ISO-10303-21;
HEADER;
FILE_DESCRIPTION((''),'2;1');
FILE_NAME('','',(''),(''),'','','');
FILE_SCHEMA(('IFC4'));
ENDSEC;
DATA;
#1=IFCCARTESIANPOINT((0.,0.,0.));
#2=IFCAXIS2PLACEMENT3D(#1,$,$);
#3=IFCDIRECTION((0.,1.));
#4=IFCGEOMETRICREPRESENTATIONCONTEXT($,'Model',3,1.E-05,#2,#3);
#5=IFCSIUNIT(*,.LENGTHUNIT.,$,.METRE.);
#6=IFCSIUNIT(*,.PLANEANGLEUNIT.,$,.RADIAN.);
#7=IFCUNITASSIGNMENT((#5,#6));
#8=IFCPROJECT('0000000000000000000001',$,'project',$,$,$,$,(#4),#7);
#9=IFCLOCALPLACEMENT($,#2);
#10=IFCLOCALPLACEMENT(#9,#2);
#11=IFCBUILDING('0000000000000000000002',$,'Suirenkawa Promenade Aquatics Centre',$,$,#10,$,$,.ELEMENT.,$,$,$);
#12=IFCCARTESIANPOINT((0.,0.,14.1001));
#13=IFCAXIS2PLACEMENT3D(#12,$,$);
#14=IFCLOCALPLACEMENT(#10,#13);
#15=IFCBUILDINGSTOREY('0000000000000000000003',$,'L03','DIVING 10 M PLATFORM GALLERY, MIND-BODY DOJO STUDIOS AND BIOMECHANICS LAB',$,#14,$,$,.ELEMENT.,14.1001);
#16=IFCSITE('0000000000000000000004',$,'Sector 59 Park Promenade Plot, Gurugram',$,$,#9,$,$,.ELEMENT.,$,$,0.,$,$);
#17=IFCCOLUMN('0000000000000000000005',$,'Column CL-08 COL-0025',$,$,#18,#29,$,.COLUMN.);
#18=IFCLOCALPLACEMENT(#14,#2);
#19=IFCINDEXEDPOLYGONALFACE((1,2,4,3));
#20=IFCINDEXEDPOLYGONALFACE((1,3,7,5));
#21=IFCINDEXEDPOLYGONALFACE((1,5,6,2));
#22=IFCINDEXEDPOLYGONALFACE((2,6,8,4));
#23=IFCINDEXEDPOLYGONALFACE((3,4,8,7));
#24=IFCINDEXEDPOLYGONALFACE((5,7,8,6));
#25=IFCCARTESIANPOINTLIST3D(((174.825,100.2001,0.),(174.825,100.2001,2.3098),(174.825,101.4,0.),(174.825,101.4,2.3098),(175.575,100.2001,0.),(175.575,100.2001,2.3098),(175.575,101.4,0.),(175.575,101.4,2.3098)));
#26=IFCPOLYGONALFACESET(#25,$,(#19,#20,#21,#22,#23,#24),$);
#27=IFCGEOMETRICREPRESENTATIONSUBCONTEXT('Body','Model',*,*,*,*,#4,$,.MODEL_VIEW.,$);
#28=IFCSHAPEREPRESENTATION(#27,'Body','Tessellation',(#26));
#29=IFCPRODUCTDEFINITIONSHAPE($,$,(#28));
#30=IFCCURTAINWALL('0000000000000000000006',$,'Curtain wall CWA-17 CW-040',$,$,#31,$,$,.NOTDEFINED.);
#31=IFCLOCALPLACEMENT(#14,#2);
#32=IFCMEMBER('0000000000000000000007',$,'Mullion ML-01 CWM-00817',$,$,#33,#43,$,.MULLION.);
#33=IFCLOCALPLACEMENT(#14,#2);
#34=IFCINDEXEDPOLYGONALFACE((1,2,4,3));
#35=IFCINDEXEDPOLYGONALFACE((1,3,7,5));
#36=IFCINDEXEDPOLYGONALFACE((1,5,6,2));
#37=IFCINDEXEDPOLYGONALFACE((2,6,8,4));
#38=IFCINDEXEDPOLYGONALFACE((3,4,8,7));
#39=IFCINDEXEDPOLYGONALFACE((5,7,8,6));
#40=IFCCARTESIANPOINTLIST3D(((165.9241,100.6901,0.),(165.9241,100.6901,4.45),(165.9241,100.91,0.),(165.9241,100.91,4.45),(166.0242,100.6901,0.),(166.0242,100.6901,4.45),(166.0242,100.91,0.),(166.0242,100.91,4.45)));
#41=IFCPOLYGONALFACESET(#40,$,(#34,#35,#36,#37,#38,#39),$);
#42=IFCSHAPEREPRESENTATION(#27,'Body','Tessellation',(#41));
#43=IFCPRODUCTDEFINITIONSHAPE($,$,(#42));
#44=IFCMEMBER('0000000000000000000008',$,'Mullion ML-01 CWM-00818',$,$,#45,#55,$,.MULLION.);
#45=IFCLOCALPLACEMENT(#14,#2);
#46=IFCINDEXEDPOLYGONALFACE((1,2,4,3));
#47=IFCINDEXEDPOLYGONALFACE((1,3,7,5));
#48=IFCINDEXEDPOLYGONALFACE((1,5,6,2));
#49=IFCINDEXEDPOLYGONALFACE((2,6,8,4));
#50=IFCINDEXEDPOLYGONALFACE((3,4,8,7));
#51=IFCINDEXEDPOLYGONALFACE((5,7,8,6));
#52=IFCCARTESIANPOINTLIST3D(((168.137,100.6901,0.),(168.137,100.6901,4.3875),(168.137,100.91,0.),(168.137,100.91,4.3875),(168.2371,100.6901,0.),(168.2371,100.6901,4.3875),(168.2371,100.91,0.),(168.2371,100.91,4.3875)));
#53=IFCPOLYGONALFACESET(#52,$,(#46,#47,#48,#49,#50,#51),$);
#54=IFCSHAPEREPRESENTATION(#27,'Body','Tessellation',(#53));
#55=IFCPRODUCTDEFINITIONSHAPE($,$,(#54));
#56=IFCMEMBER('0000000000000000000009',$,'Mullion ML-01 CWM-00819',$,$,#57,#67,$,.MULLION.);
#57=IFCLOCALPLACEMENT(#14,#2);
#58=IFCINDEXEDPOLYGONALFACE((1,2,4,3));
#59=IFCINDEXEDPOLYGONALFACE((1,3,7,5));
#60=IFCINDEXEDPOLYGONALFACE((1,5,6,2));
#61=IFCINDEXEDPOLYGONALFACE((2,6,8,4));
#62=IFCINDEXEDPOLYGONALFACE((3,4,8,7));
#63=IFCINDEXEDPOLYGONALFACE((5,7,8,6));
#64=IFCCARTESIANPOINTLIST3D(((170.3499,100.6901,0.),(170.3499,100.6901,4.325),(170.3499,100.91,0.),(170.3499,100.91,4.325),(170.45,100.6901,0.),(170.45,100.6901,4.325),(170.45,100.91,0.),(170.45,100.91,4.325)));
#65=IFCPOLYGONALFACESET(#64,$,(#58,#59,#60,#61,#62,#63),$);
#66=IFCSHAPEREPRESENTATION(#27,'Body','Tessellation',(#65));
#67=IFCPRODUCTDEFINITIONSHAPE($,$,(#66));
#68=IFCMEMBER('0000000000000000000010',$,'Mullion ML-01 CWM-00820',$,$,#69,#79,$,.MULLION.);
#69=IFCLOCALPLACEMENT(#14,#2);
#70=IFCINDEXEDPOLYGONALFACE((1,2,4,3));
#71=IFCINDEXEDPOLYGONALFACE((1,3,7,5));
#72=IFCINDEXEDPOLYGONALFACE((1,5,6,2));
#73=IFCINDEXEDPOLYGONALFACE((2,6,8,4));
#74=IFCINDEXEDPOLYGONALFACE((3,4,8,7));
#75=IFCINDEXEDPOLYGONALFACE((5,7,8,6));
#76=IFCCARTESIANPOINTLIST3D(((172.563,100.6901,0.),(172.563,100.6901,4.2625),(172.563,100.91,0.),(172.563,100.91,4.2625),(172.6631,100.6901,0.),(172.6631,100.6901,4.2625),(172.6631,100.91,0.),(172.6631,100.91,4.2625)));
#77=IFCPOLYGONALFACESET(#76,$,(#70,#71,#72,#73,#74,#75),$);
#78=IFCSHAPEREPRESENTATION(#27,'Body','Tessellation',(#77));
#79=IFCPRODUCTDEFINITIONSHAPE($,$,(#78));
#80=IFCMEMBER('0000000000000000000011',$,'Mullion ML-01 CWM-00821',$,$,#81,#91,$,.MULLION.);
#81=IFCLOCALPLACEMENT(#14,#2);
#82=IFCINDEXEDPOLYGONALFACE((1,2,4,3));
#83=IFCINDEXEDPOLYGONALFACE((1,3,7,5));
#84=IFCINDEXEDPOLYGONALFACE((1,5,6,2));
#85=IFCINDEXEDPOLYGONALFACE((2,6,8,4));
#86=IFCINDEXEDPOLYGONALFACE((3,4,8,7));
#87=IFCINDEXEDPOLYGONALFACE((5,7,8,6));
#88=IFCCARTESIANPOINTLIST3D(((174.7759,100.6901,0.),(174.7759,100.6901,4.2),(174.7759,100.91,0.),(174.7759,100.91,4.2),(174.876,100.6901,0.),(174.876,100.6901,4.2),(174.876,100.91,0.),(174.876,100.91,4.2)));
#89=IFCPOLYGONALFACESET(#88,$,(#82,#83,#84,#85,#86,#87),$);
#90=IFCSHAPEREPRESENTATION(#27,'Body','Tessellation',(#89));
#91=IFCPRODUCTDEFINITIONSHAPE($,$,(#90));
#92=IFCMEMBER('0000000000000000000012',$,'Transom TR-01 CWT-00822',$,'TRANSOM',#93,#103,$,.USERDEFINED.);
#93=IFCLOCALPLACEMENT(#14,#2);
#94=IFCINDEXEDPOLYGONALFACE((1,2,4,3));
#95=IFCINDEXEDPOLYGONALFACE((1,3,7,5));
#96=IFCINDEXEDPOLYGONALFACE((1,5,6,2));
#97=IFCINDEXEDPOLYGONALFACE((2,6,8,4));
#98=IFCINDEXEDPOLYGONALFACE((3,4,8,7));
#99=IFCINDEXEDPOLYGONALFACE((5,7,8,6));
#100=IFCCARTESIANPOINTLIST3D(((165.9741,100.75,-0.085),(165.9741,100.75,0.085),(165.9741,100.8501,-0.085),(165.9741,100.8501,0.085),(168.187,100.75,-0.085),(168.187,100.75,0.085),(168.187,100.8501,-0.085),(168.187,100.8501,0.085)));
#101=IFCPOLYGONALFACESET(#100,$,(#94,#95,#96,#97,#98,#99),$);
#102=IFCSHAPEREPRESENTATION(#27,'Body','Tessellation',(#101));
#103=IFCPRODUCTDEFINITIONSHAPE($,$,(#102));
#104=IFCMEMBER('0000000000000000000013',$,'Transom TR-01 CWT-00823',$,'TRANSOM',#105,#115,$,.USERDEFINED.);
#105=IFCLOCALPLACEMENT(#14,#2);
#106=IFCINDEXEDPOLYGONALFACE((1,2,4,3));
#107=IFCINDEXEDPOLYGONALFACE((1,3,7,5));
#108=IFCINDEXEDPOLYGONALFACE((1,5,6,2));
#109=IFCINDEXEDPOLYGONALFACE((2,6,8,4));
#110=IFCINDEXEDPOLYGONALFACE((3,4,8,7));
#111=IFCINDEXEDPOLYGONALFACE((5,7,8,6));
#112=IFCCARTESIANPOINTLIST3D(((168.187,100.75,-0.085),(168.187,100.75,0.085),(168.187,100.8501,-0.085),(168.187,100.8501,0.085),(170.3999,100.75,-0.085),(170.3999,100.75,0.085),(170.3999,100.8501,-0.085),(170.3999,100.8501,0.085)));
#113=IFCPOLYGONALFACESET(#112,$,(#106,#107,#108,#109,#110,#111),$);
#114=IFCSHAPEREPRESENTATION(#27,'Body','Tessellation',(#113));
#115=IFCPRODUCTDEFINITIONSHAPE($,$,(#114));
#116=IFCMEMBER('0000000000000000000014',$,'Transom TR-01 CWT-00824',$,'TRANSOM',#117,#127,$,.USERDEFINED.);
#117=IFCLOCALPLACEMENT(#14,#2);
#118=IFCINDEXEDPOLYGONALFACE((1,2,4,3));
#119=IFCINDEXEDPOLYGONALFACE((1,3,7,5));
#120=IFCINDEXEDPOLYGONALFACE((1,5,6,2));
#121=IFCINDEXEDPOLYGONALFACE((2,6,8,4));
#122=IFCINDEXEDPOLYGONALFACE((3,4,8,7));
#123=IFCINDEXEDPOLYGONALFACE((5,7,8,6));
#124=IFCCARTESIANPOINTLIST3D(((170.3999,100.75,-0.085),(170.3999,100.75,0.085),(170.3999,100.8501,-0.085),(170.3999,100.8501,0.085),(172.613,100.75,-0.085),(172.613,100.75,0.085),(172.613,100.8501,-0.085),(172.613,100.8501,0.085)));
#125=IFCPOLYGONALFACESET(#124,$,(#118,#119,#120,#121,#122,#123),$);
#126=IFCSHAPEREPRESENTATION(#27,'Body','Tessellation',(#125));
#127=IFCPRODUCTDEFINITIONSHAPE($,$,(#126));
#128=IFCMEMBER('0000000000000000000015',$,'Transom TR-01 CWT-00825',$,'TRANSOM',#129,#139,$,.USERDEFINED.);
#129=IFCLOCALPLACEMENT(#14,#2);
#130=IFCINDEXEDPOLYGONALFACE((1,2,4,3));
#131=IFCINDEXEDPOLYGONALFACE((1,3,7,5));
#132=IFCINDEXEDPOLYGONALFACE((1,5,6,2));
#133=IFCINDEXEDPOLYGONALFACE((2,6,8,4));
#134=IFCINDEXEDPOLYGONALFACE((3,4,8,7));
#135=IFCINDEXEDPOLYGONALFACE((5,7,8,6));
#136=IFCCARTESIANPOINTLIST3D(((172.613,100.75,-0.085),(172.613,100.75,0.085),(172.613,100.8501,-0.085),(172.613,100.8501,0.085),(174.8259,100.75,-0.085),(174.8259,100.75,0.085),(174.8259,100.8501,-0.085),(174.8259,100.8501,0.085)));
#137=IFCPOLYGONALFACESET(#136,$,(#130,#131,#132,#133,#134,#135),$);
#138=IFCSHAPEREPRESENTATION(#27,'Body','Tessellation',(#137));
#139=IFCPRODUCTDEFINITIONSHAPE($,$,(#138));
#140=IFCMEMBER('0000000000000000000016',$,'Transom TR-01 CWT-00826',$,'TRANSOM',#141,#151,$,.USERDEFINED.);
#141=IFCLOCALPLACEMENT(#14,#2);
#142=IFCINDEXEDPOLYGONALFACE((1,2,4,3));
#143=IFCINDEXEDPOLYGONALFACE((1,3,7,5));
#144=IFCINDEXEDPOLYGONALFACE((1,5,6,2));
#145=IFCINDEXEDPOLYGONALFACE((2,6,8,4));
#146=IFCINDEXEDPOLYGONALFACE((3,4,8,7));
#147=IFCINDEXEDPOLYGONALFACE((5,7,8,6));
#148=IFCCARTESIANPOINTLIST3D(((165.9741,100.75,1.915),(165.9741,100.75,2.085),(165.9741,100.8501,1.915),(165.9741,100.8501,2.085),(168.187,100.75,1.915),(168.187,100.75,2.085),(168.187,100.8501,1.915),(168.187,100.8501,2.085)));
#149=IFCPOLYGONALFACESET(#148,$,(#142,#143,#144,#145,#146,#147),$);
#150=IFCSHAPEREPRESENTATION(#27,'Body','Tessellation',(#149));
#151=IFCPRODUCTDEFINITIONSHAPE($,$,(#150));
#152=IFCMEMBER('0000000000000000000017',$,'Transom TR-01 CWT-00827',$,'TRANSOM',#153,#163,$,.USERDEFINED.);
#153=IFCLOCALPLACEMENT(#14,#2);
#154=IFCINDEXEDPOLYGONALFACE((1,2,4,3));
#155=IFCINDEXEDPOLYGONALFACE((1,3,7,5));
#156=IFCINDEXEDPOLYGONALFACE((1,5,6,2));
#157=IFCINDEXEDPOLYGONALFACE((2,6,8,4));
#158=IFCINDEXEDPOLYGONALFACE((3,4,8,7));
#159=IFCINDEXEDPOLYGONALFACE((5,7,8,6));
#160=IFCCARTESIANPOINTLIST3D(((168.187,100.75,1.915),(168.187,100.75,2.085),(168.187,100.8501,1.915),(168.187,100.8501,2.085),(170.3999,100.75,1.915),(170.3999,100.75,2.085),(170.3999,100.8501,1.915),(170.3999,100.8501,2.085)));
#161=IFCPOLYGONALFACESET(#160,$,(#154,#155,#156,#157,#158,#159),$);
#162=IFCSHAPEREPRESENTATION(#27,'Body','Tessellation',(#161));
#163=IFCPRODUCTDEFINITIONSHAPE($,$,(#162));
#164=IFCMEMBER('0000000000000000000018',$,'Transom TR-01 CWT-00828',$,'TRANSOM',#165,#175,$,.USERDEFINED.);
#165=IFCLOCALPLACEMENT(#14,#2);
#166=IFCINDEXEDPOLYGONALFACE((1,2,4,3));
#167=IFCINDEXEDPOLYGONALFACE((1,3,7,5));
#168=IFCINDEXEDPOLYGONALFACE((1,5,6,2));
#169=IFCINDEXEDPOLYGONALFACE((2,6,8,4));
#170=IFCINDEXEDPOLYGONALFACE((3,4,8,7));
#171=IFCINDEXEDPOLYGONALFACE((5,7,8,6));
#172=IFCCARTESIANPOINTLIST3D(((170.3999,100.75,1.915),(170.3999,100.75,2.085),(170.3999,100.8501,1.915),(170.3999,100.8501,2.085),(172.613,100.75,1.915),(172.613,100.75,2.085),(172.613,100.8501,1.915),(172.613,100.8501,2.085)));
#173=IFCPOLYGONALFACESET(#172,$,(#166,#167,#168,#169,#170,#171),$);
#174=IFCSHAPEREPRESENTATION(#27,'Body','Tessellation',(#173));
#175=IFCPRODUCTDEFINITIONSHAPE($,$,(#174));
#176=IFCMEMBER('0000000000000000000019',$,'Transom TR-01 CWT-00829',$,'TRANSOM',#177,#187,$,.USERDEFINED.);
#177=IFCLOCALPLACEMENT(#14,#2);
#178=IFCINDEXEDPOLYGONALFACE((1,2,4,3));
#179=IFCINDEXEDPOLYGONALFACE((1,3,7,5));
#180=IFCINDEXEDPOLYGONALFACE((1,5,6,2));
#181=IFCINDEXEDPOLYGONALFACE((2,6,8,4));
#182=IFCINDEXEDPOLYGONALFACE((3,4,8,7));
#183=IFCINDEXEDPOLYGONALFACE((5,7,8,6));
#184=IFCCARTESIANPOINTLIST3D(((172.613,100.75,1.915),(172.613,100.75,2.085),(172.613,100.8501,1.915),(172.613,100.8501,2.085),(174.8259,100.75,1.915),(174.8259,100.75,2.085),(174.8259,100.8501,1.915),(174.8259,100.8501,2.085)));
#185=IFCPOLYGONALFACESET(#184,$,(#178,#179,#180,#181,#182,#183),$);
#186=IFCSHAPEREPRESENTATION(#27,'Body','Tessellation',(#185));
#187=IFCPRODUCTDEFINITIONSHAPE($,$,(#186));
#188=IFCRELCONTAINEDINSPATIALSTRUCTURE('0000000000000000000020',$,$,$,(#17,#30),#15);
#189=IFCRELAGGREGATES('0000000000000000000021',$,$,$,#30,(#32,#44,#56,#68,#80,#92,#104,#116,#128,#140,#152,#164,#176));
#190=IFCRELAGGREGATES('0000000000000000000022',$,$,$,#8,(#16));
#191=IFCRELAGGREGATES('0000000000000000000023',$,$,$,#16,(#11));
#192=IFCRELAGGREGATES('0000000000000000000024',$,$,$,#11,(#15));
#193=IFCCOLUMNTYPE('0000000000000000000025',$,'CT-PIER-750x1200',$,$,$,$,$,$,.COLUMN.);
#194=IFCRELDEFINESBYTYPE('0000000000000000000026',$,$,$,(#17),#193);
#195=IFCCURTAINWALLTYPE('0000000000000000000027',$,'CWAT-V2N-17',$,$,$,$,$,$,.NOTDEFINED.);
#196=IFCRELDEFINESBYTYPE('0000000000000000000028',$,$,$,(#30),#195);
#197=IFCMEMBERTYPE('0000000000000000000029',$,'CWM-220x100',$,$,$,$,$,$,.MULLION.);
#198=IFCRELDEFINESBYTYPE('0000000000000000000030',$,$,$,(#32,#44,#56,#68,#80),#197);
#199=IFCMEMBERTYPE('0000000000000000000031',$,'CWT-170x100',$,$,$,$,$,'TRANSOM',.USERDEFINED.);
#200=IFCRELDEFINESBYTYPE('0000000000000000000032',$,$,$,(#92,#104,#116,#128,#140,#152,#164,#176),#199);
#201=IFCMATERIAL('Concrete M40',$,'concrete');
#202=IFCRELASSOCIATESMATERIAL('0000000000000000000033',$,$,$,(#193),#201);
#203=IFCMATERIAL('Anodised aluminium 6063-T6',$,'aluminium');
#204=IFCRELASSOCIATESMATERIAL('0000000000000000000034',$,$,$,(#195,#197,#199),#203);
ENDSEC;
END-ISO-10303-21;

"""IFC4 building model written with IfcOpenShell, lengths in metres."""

from ifc_helpers import new_model, si_unit, direction, frame, origin, origin_2d, place, context, subcontext, project, spatial, rectangle, extrude, material, material_profile, profile_set, type_object, element, aggregate, save


model = new_model("IFC4")

# Units and contexts
model_context = context("Model", 3, precision=1e-05, world=origin(), true_north=direction((0.0, 1.0)))
body_context = subcontext(model_context, "Body", "Model", "MODEL_VIEW")
ifc_project = project(units=[si_unit("LENGTHUNIT", "METRE"), si_unit("PLANEANGLEUNIT", "RADIAN")], contexts=[model_context])

# Site, building, storey
site_placement = place(None, origin())
site = spatial("IfcSite", under=ifc_project, at=site_placement, Name="Sector 59 Park Promenade Plot, Gurugram", CompositionType="ELEMENT", RefElevation=0.0)
building_placement = place(site_placement, origin())
building = spatial("IfcBuilding", under=site, at=building_placement, Name="Suirenkawa Promenade Aquatics Centre", CompositionType="ELEMENT")
storey_placement = place(building_placement, frame((0.0, 0.0, 14.1001)))
storey = spatial("IfcBuildingStorey", under=building, at=storey_placement, Name="L03", Description="DIVING 10 M PLATFORM GALLERY, MIND-BODY DOJO STUDIOS AND BIOMECHANICS LAB", CompositionType="ELEMENT", Elevation=14.1001)

# Column
ifc_material_1 = material(Name="Concrete M40", Category="concrete")
ifc_material_profile_1 = material_profile(ifc_material_1, rectangle(XDim=0.75, YDim=1.2, at=origin_2d()), Name="RC PIER 750x1200", Category="concrete")
ifc_profile_set_1 = profile_set([ifc_material_profile_1], Name="Concrete M40")
column_type = type_object("IfcColumnType", Name="CT-PIER-750x1200", PredefinedType="COLUMN", material=ifc_profile_set_1)
column_placement = place(storey_placement, frame((175.2, 100.8, 0.0), z_axis=(0.0, 0.0, 1.0), x_axis=(1.0, 0.0, 0.0)))
element("IfcColumn", 1, at=column_placement, inside=storey, type_object=column_type, Name="Column CL-08 COL-0025", PredefinedType="COLUMN", context=body_context, shape_type="SweptSolid", body=[
    extrude(rectangle(XDim=0.75, YDim=1.2, at=origin_2d()), origin(), (0.0, 0.0, 1.0), 2.3098),
])

# Curtain wall, members
ifc_material_2 = material(Name="Anodised aluminium 6063-T6", Category="aluminium")
curtain_wall_type = type_object("IfcCurtainWallType", Name="CWAT-V2N-17", PredefinedType="NOTDEFINED", material=ifc_material_2)
curtain_wall_placement = place(storey_placement, origin())
curtain_wall = element("IfcCurtainWall", 2, at=curtain_wall_placement, inside=storey, type_object=curtain_wall_type, Name="Curtain wall CWA-17 CW-040", PredefinedType="NOTDEFINED")
ifc_material_profile_2 = material_profile(ifc_material_2, rectangle(XDim=0.1001, YDim=0.22, at=origin_2d()), Name="ALU MULL 100x220", Category="aluminium")
ifc_profile_set_2 = profile_set([ifc_material_profile_2], Name="Anodised aluminium 6063-T6")
member_type_1 = type_object("IfcMemberType", Name="CWM-220x100", PredefinedType="MULLION", material=ifc_profile_set_2)
member_1_placement = place(storey_placement, frame((165.9741, 100.8, 0.0), z_axis=(0.0, 0.0, 1.0), x_axis=(1.0, 0.0, 0.0)))
member_1 = element("IfcMember", 3, at=member_1_placement, type_object=member_type_1, Name="Mullion ML-01 CWM-00817", PredefinedType="MULLION", context=body_context, shape_type="SweptSolid", body=[
    extrude(rectangle(XDim=0.1001, YDim=0.22, at=origin_2d()), origin(), (0.0, 0.0, 1.0), 4.45),
])
member_2_placement = place(storey_placement, frame((168.187, 100.8, 0.0), z_axis=(0.0, 0.0, 1.0), x_axis=(1.0, 0.0, 0.0)))
member_2 = element("IfcMember", 4, at=member_2_placement, type_object=member_type_1, Name="Mullion ML-01 CWM-00818", PredefinedType="MULLION", context=body_context, shape_type="SweptSolid", body=[
    extrude(rectangle(XDim=0.1001, YDim=0.22, at=origin_2d()), origin(), (0.0, 0.0, 1.0), 4.3875),
])
member_3_placement = place(storey_placement, frame((170.3999, 100.8, 0.0), z_axis=(0.0, 0.0, 1.0), x_axis=(1.0, 0.0, 0.0)))
member_3 = element("IfcMember", 5, at=member_3_placement, type_object=member_type_1, Name="Mullion ML-01 CWM-00819", PredefinedType="MULLION", context=body_context, shape_type="SweptSolid", body=[
    extrude(rectangle(XDim=0.1001, YDim=0.22, at=origin_2d()), origin(), (0.0, 0.0, 1.0), 4.325),
])
member_4_placement = place(storey_placement, frame((172.613, 100.8, 0.0), z_axis=(0.0, 0.0, 1.0), x_axis=(1.0, 0.0, 0.0)))
member_4 = element("IfcMember", 6, at=member_4_placement, type_object=member_type_1, Name="Mullion ML-01 CWM-00820", PredefinedType="MULLION", context=body_context, shape_type="SweptSolid", body=[
    extrude(rectangle(XDim=0.1001, YDim=0.22, at=origin_2d()), origin(), (0.0, 0.0, 1.0), 4.2625),
])
member_5_placement = place(storey_placement, frame((174.8259, 100.8, 0.0), z_axis=(0.0, 0.0, 1.0), x_axis=(1.0, 0.0, 0.0)))
member_5 = element("IfcMember", 7, at=member_5_placement, type_object=member_type_1, Name="Mullion ML-01 CWM-00821", PredefinedType="MULLION", context=body_context, shape_type="SweptSolid", body=[
    extrude(rectangle(XDim=0.1001, YDim=0.22, at=origin_2d()), origin(), (0.0, 0.0, 1.0), 4.2),
])
ifc_material_profile_3 = material_profile(ifc_material_2, rectangle(XDim=0.1001, YDim=0.1699, at=origin_2d()), Name="ALU TRAN 100x170", Category="aluminium")
ifc_profile_set_3 = profile_set([ifc_material_profile_3], Name="Anodised aluminium 6063-T6")
member_type_2 = type_object("IfcMemberType", Name="CWT-170x100", ElementType="TRANSOM", PredefinedType="USERDEFINED", material=ifc_profile_set_3)
member_6_placement = place(storey_placement, frame((165.9741, 100.8, 0.0), z_axis=(1.0, 0.0, 0.0), x_axis=(0.0, 1.0, 0.0)))
member_6 = element("IfcMember", 8, at=member_6_placement, type_object=member_type_2, Name="Transom TR-01 CWT-00822", ObjectType="TRANSOM", PredefinedType="USERDEFINED", context=body_context, shape_type="SweptSolid", body=[
    extrude(rectangle(XDim=0.1001, YDim=0.1699, at=origin_2d()), origin(), (0.0, 0.0, 1.0), 2.2129),
])
member_7_placement = place(storey_placement, frame((168.187, 100.8, 0.0), z_axis=(1.0, 0.0, 0.0), x_axis=(0.0, 1.0, 0.0)))
member_7 = element("IfcMember", 9, at=member_7_placement, type_object=member_type_2, Name="Transom TR-01 CWT-00823", ObjectType="TRANSOM", PredefinedType="USERDEFINED", context=body_context, shape_type="SweptSolid", body=[
    extrude(rectangle(XDim=0.1001, YDim=0.1699, at=origin_2d()), origin(), (0.0, 0.0, 1.0), 2.2129),
])
member_8_placement = place(storey_placement, frame((170.3999, 100.8, 0.0), z_axis=(1.0, 0.0, 0.0), x_axis=(0.0, 1.0, 0.0)))
member_8 = element("IfcMember", 10, at=member_8_placement, type_object=member_type_2, Name="Transom TR-01 CWT-00824", ObjectType="TRANSOM", PredefinedType="USERDEFINED", context=body_context, shape_type="SweptSolid", body=[
    extrude(rectangle(XDim=0.1001, YDim=0.1699, at=origin_2d()), origin(), (0.0, 0.0, 1.0), 2.2131),
])
member_9_placement = place(storey_placement, frame((172.613, 100.8, 0.0), z_axis=(1.0, 0.0, 0.0), x_axis=(0.0, 1.0, 0.0)))
member_9 = element("IfcMember", 11, at=member_9_placement, type_object=member_type_2, Name="Transom TR-01 CWT-00825", ObjectType="TRANSOM", PredefinedType="USERDEFINED", context=body_context, shape_type="SweptSolid", body=[
    extrude(rectangle(XDim=0.1001, YDim=0.1699, at=origin_2d()), origin(), (0.0, 0.0, 1.0), 2.2129),
])
member_10_placement = place(storey_placement, frame((165.9741, 100.8, 2.0), z_axis=(1.0, 0.0, 0.0), x_axis=(0.0, 1.0, 0.0)))
member_10 = element("IfcMember", 12, at=member_10_placement, type_object=member_type_2, Name="Transom TR-01 CWT-00826", ObjectType="TRANSOM", PredefinedType="USERDEFINED", context=body_context, shape_type="SweptSolid", body=[
    extrude(rectangle(XDim=0.1001, YDim=0.1699, at=origin_2d()), origin(), (0.0, 0.0, 1.0), 2.2129),
])
member_11_placement = place(storey_placement, frame((168.187, 100.8, 2.0), z_axis=(1.0, 0.0, 0.0), x_axis=(0.0, 1.0, 0.0)))
member_11 = element("IfcMember", 13, at=member_11_placement, type_object=member_type_2, Name="Transom TR-01 CWT-00827", ObjectType="TRANSOM", PredefinedType="USERDEFINED", context=body_context, shape_type="SweptSolid", body=[
    extrude(rectangle(XDim=0.1001, YDim=0.1699, at=origin_2d()), origin(), (0.0, 0.0, 1.0), 2.2129),
])
member_12_placement = place(storey_placement, frame((170.3999, 100.8, 2.0), z_axis=(1.0, 0.0, 0.0), x_axis=(0.0, 1.0, 0.0)))
member_12 = element("IfcMember", 14, at=member_12_placement, type_object=member_type_2, Name="Transom TR-01 CWT-00828", ObjectType="TRANSOM", PredefinedType="USERDEFINED", context=body_context, shape_type="SweptSolid", body=[
    extrude(rectangle(XDim=0.1001, YDim=0.1699, at=origin_2d()), origin(), (0.0, 0.0, 1.0), 2.2131),
])
member_13_placement = place(storey_placement, frame((172.613, 100.8, 2.0), z_axis=(1.0, 0.0, 0.0), x_axis=(0.0, 1.0, 0.0)))
member_13 = element("IfcMember", 15, at=member_13_placement, type_object=member_type_2, Name="Transom TR-01 CWT-00829", ObjectType="TRANSOM", PredefinedType="USERDEFINED", context=body_context, shape_type="SweptSolid", body=[
    extrude(rectangle(XDim=0.1001, YDim=0.1699, at=origin_2d()), origin(), (0.0, 0.0, 1.0), 2.2129),
])
aggregate(curtain_wall, [member_1, member_2, member_3, member_4, member_5, member_6, member_7, member_8, member_9, member_10, member_11, member_12, member_13])

save(model, "model.ifc")
